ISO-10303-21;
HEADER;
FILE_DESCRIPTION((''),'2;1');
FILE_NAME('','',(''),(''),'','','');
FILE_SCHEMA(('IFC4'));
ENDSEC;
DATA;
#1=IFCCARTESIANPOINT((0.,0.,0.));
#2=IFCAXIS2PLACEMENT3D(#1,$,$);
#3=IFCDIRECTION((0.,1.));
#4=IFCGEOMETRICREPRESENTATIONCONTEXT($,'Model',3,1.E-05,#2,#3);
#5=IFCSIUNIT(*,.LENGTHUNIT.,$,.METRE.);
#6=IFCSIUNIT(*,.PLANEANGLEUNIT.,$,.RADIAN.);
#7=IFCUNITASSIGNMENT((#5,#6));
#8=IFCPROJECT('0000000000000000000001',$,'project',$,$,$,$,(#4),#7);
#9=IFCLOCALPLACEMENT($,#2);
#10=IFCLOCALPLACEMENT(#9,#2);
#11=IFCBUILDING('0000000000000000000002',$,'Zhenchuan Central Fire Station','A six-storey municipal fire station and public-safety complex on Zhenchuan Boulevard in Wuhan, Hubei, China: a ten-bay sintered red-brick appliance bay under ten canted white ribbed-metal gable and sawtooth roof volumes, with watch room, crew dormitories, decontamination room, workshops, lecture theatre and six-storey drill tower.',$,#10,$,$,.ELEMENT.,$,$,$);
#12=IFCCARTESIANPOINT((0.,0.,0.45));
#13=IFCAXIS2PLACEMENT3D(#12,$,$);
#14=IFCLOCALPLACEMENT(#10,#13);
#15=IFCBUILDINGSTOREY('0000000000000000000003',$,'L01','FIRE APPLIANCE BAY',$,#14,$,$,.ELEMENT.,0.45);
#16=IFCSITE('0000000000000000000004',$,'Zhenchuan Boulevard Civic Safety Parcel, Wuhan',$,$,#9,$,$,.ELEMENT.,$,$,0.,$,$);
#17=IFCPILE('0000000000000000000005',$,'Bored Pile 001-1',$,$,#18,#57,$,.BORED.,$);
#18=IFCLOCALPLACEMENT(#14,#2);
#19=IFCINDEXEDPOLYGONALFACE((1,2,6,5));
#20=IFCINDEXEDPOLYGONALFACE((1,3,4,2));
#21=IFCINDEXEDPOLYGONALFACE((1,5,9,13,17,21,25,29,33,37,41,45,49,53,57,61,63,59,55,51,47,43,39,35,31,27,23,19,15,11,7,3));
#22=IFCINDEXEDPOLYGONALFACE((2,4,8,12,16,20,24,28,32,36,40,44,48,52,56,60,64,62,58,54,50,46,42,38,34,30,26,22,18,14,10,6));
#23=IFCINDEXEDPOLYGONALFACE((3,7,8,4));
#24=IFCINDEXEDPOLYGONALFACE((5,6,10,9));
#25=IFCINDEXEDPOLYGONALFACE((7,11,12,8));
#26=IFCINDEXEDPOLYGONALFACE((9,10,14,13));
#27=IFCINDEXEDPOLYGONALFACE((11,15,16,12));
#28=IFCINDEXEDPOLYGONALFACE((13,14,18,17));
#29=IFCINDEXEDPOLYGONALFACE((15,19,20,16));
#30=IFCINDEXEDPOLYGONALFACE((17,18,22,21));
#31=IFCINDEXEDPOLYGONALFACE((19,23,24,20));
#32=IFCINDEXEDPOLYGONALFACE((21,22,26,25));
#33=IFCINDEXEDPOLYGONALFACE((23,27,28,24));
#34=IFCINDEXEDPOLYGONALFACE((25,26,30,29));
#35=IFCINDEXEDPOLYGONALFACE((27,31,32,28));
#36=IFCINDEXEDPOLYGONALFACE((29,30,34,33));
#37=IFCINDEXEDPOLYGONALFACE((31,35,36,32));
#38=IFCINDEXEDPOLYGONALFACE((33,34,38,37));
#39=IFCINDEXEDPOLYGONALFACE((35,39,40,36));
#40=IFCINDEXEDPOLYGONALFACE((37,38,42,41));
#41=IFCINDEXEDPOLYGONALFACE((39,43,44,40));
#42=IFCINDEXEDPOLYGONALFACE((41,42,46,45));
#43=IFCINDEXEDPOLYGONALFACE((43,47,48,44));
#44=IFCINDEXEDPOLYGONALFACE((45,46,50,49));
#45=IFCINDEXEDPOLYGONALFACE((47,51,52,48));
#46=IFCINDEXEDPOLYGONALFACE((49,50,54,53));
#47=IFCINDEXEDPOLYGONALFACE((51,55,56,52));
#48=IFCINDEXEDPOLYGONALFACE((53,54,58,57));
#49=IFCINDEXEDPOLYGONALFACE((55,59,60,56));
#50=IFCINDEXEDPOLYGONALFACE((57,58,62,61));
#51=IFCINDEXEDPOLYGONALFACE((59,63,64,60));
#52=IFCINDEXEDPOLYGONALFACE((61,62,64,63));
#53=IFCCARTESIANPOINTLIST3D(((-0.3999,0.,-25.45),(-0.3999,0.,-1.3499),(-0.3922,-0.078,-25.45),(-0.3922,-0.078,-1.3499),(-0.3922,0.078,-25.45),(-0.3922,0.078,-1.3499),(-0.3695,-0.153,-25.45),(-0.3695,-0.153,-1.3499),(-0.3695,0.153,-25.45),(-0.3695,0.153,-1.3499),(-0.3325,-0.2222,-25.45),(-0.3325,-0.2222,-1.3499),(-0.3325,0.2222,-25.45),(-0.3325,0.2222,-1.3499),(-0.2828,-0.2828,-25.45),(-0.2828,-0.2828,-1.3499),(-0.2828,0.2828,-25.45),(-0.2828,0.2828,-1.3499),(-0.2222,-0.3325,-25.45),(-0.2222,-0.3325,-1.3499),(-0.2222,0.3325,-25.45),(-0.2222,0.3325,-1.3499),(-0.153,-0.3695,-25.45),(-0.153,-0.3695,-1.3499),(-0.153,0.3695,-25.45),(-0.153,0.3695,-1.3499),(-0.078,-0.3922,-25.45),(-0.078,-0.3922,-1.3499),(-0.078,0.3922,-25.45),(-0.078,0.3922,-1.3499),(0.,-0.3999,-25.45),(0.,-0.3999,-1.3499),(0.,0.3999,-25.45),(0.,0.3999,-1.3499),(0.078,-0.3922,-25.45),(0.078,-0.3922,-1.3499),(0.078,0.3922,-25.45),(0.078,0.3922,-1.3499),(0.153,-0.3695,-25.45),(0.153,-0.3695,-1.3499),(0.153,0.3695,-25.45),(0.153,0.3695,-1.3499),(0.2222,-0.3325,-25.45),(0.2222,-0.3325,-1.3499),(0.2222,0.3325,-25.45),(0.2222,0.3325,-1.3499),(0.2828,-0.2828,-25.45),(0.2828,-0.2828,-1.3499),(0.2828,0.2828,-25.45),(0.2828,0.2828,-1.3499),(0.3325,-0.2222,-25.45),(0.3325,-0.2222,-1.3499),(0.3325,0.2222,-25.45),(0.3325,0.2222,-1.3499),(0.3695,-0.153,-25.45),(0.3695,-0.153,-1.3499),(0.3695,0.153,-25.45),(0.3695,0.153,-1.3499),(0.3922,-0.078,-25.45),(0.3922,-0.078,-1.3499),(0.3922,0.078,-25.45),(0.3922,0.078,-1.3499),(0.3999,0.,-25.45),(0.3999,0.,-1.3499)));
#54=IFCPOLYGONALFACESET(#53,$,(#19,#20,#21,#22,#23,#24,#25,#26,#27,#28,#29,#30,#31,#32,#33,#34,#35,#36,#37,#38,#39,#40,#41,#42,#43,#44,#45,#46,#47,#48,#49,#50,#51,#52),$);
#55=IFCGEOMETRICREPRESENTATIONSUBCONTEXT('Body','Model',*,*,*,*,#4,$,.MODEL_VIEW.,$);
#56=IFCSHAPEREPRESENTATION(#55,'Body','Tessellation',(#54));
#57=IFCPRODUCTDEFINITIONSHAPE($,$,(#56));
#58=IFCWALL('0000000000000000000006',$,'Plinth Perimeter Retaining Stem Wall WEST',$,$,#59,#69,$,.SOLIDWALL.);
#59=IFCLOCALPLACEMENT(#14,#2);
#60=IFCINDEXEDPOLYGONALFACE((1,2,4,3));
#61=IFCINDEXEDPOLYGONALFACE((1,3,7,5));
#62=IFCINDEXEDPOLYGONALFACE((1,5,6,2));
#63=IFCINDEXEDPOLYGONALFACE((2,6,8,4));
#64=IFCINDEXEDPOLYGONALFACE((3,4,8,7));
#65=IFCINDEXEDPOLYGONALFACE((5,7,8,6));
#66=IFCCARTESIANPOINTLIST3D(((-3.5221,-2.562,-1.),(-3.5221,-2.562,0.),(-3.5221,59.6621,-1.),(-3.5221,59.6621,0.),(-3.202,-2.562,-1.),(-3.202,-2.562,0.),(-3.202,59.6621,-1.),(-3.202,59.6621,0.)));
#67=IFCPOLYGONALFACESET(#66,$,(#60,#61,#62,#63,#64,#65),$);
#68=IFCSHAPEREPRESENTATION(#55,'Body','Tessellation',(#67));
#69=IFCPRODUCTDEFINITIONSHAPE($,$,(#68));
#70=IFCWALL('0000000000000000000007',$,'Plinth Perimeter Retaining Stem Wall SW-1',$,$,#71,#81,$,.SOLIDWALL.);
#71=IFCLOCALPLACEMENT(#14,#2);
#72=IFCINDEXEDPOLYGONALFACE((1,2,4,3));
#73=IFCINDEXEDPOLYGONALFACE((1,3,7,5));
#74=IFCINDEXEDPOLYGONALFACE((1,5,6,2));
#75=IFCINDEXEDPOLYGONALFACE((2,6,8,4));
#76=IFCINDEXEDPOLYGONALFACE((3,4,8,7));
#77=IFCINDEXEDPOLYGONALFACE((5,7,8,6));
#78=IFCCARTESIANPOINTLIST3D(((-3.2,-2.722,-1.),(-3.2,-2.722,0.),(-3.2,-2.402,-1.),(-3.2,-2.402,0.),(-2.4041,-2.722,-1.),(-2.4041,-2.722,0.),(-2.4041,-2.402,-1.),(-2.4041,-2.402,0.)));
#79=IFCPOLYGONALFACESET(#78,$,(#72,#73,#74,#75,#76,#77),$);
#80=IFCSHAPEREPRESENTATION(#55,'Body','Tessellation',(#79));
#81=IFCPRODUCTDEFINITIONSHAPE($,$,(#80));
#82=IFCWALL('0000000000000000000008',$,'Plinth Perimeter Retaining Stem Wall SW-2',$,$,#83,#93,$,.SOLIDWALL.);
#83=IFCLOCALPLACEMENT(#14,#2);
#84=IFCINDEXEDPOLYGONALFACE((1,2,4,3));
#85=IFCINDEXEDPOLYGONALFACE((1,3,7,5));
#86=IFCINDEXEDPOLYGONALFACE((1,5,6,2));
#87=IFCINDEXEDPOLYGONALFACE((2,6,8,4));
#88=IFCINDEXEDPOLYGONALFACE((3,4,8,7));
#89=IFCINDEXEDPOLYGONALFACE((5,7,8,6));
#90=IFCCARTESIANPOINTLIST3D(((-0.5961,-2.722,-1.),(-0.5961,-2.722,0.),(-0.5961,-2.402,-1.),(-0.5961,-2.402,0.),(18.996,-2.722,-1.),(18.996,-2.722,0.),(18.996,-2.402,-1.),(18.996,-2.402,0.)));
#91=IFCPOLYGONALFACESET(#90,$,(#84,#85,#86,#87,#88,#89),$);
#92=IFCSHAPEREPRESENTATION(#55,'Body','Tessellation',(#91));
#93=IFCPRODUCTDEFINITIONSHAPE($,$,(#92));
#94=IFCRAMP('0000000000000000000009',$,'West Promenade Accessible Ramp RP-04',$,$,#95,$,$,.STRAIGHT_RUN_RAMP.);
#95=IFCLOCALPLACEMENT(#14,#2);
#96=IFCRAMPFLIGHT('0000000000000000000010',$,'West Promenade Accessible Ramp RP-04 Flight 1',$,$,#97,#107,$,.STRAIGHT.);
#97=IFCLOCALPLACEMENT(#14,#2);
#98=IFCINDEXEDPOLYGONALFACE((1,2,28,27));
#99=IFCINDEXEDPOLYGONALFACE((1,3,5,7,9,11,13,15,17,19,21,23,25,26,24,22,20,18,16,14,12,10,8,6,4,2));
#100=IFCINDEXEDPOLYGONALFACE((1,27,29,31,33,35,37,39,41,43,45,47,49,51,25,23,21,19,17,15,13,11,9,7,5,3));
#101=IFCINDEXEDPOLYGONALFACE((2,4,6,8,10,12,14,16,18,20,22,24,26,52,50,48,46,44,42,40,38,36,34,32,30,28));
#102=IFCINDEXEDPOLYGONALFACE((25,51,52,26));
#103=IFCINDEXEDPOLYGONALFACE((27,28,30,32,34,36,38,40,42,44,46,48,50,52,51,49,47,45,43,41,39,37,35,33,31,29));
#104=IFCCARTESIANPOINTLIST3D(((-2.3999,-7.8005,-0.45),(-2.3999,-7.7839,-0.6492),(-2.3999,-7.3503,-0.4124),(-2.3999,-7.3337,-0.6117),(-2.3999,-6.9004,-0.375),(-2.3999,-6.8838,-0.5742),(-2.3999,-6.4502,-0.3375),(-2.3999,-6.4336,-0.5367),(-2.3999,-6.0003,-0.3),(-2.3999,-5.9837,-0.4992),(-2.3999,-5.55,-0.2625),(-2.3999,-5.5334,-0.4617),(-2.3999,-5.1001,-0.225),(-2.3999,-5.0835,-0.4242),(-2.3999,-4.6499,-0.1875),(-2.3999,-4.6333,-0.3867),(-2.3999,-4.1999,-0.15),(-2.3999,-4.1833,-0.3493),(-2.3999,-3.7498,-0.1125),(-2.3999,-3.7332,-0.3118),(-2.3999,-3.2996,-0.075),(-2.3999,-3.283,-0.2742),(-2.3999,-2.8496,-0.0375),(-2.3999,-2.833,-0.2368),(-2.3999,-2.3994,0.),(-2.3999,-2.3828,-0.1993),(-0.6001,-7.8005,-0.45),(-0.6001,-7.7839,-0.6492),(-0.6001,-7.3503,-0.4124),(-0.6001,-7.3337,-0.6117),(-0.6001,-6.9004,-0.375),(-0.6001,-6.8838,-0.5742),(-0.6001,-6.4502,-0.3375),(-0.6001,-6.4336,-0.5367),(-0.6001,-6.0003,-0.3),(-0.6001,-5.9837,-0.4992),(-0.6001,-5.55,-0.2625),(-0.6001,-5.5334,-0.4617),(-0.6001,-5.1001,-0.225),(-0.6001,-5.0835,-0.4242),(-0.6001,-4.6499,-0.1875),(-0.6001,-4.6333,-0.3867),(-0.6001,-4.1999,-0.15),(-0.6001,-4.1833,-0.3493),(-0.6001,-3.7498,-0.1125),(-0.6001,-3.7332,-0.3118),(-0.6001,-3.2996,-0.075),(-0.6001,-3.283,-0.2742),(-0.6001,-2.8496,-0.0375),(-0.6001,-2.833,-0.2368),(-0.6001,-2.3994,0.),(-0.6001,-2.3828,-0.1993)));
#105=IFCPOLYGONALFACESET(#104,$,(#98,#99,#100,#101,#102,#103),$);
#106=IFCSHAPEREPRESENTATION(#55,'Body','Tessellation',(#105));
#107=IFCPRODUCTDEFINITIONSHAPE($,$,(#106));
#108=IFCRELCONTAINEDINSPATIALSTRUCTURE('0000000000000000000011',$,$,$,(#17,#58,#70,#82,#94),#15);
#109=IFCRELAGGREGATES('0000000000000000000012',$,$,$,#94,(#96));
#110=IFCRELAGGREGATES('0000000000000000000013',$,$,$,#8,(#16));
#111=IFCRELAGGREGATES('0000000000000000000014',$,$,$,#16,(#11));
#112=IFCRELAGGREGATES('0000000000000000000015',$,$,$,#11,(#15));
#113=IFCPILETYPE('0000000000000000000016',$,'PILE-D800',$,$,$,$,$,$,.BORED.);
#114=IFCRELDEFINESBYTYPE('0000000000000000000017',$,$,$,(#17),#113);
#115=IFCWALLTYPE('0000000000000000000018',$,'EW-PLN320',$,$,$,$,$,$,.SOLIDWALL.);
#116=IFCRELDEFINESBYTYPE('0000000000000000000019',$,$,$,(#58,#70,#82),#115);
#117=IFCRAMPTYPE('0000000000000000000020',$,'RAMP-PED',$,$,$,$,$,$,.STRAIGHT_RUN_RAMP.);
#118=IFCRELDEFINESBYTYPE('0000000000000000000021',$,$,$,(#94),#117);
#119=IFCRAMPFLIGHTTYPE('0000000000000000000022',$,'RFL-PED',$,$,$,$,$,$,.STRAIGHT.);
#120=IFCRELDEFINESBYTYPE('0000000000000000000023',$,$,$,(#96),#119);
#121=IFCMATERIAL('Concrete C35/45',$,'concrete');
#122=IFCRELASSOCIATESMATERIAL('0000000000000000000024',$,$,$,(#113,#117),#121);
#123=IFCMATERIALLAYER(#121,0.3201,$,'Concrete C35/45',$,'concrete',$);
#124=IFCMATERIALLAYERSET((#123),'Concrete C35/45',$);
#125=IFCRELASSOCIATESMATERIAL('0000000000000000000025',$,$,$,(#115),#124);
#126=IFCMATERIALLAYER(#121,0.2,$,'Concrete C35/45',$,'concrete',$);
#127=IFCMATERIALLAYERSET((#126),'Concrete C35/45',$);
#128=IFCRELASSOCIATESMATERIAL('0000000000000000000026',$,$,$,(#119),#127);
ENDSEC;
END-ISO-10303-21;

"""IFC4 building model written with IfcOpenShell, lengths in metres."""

from ifc_helpers import new_model, si_unit, direction, frame, frame_2d, origin, origin_2d, place, context, subcontext, project, spatial, polyline, rectangle, circle, outline, extrude, material, layer, layer_set, material_profile, profile_set, type_object, element, aggregate, save


model = new_model("IFC4")

# Units and contexts
model_context = context("Model", 3, precision=1e-05, world=origin(), true_north=direction((0.0, 1.0)))
body_context = subcontext(model_context, "Body", "Model", "MODEL_VIEW")
ifc_project = project(units=[si_unit("LENGTHUNIT", "METRE"), si_unit("PLANEANGLEUNIT", "RADIAN")], contexts=[model_context])

# Site, building, storey
site_placement = place(None, origin())
site = spatial("IfcSite", under=ifc_project, at=site_placement, Name="Zhenchuan Boulevard Civic Safety Parcel, Wuhan", CompositionType="ELEMENT", RefElevation=0.0)
building_placement = place(site_placement, origin())
building = spatial("IfcBuilding", under=site, at=building_placement, Name="Zhenchuan Central Fire Station", Description="A six-storey municipal fire station and public-safety complex on Zhenchuan Boulevard in Wuhan, Hubei, China: a ten-bay sintered red-brick appliance bay under ten canted white ribbed-metal gable and sawtooth roof volumes, with watch room, crew dormitories, decontamination room, workshops, lecture theatre and six-storey drill tower.", CompositionType="ELEMENT")
storey_placement = place(building_placement, frame((0.0, 0.0, 0.45)))
storey = spatial("IfcBuildingStorey", under=building, at=storey_placement, Name="L01", Description="FIRE APPLIANCE BAY", CompositionType="ELEMENT", Elevation=0.45)

# Shared definitions
ifc_material_1 = material(Name="Concrete C35/45", Category="concrete")

# Pile
ifc_material_profile = material_profile(ifc_material_1, circle(Radius=0.3999, at=origin_2d()), Name="PILE D800")
ifc_profile_set = profile_set([ifc_material_profile], Name="Concrete C35/45")
pile_type = type_object("IfcPileType", Name="PILE-D800", PredefinedType="BORED", material=ifc_profile_set)
pile_placement = place(storey_placement, frame((0.0, 0.0, -1.3499), z_axis=(0.0, 0.0, -1.0), x_axis=(1.0, 0.0, 0.0)))
element("IfcPile", 1, at=pile_placement, inside=storey, type_object=pile_type, Name="Bored Pile 001-1", PredefinedType="BORED", context=body_context, shape_type="SweptSolid", body=[
    extrude(circle(Radius=0.3999, at=origin_2d()), origin(), (0.0, 0.0, 1.0), 24.1001),
])

# Walls
ifc_layer_1 = layer(ifc_material_1, 0.3201, Name="Concrete C35/45", Category="concrete")
ifc_layer_set_1 = layer_set([ifc_layer_1], Name="Concrete C35/45")
wall_type = type_object("IfcWallType", Name="EW-PLN320", PredefinedType="SOLIDWALL", material=ifc_layer_set_1)
wall_1_placement = place(storey_placement, frame((-3.3621, -2.562, -1.0), z_axis=(0.0, 0.0, 1.0), x_axis=(0.0, 1.0, 0.0)))
element("IfcWall", 2, at=wall_1_placement, inside=storey, type_object=wall_type, Name="Plinth Perimeter Retaining Stem Wall WEST", PredefinedType="SOLIDWALL", context=body_context, shape_type="SweptSolid", body=[
    extrude(rectangle(XDim=62.2241, YDim=0.3201, at=frame_2d((31.1121, 0.0))), origin(), (0.0, 0.0, 1.0), 1.0),
])
wall_2_placement = place(storey_placement, frame((-3.2, -2.562, -1.0), z_axis=(0.0, 0.0, 1.0), x_axis=(1.0, 0.0, 0.0)))
element("IfcWall", 3, at=wall_2_placement, inside=storey, type_object=wall_type, Name="Plinth Perimeter Retaining Stem Wall SW-1", PredefinedType="SOLIDWALL", context=body_context, shape_type="SweptSolid", body=[
    extrude(rectangle(XDim=0.7959, YDim=0.3201, at=frame_2d((0.3979, 0.0))), origin(), (0.0, 0.0, 1.0), 1.0),
])
wall_3_placement = place(storey_placement, frame((-0.5959, -2.562, -1.0), z_axis=(0.0, 0.0, 1.0), x_axis=(1.0, 0.0, 0.0)))
element("IfcWall", 4, at=wall_3_placement, inside=storey, type_object=wall_type, Name="Plinth Perimeter Retaining Stem Wall SW-2", PredefinedType="SOLIDWALL", context=body_context, shape_type="SweptSolid", body=[
    extrude(rectangle(XDim=19.592, YDim=0.3201, at=frame_2d((9.7959, 0.0))), origin(), (0.0, 0.0, 1.0), 1.0),
])

# Ramp, ramp flight
ramp_type = type_object("IfcRampType", Name="RAMP-PED", PredefinedType="STRAIGHT_RUN_RAMP", material=ifc_material_1)
ramp_placement = place(storey_placement, origin())
ramp = element("IfcRamp", 5, at=ramp_placement, inside=storey, type_object=ramp_type, Name="West Promenade Accessible Ramp RP-04", PredefinedType="STRAIGHT_RUN_RAMP")
ifc_layer_2 = layer(ifc_material_1, 0.2, Name="Concrete C35/45", Category="concrete")
ifc_layer_set_2 = layer_set([ifc_layer_2], Name="Concrete C35/45")
ramp_flight_type = type_object("IfcRampFlightType", Name="RFL-PED", PredefinedType="STRAIGHT", material=ifc_layer_set_2)
ramp_flight_placement = place(storey_placement, frame((-2.3999, -7.8005, -0.45), z_axis=(0.0, -0.083019, 0.996548), x_axis=(0.0, 0.996548, 0.083019)))
ramp_flight = element("IfcRampFlight", 6, at=ramp_flight_placement, type_object=ramp_flight_type, Name="West Promenade Accessible Ramp RP-04 Flight 1", PredefinedType="STRAIGHT", context=body_context, shape_type="SweptSolid", body=[
    extrude(outline(polyline([(0.0, 0.0), (0.4518, 0.0), (0.9033, 0.0), (1.355, 0.0), (1.8065, 0.0), (2.2583, 0.0), (2.7098, 0.0), (3.1615, 0.0), (3.6131, 0.0), (4.0648, 0.0), (4.5166, 0.0), (4.9681, 0.0), (5.4198, 0.0), (5.4198, -1.7998), (4.9681, -1.7998), (4.5166, -1.7998), (4.0648, -1.7998), (3.6131, -1.7998), (3.1615, -1.7998), (2.7098, -1.7998), (2.2583, -1.7998), (1.8065, -1.7998), (1.355, -1.7998), (0.9033, -1.7998), (0.4518, -1.7998), (0.0, -1.7998), (0.0, 0.0)])), origin(), (0.0, 0.0, -1.0), 0.2),
])
aggregate(ramp, [ramp_flight])

save(model, "model.ifc")
